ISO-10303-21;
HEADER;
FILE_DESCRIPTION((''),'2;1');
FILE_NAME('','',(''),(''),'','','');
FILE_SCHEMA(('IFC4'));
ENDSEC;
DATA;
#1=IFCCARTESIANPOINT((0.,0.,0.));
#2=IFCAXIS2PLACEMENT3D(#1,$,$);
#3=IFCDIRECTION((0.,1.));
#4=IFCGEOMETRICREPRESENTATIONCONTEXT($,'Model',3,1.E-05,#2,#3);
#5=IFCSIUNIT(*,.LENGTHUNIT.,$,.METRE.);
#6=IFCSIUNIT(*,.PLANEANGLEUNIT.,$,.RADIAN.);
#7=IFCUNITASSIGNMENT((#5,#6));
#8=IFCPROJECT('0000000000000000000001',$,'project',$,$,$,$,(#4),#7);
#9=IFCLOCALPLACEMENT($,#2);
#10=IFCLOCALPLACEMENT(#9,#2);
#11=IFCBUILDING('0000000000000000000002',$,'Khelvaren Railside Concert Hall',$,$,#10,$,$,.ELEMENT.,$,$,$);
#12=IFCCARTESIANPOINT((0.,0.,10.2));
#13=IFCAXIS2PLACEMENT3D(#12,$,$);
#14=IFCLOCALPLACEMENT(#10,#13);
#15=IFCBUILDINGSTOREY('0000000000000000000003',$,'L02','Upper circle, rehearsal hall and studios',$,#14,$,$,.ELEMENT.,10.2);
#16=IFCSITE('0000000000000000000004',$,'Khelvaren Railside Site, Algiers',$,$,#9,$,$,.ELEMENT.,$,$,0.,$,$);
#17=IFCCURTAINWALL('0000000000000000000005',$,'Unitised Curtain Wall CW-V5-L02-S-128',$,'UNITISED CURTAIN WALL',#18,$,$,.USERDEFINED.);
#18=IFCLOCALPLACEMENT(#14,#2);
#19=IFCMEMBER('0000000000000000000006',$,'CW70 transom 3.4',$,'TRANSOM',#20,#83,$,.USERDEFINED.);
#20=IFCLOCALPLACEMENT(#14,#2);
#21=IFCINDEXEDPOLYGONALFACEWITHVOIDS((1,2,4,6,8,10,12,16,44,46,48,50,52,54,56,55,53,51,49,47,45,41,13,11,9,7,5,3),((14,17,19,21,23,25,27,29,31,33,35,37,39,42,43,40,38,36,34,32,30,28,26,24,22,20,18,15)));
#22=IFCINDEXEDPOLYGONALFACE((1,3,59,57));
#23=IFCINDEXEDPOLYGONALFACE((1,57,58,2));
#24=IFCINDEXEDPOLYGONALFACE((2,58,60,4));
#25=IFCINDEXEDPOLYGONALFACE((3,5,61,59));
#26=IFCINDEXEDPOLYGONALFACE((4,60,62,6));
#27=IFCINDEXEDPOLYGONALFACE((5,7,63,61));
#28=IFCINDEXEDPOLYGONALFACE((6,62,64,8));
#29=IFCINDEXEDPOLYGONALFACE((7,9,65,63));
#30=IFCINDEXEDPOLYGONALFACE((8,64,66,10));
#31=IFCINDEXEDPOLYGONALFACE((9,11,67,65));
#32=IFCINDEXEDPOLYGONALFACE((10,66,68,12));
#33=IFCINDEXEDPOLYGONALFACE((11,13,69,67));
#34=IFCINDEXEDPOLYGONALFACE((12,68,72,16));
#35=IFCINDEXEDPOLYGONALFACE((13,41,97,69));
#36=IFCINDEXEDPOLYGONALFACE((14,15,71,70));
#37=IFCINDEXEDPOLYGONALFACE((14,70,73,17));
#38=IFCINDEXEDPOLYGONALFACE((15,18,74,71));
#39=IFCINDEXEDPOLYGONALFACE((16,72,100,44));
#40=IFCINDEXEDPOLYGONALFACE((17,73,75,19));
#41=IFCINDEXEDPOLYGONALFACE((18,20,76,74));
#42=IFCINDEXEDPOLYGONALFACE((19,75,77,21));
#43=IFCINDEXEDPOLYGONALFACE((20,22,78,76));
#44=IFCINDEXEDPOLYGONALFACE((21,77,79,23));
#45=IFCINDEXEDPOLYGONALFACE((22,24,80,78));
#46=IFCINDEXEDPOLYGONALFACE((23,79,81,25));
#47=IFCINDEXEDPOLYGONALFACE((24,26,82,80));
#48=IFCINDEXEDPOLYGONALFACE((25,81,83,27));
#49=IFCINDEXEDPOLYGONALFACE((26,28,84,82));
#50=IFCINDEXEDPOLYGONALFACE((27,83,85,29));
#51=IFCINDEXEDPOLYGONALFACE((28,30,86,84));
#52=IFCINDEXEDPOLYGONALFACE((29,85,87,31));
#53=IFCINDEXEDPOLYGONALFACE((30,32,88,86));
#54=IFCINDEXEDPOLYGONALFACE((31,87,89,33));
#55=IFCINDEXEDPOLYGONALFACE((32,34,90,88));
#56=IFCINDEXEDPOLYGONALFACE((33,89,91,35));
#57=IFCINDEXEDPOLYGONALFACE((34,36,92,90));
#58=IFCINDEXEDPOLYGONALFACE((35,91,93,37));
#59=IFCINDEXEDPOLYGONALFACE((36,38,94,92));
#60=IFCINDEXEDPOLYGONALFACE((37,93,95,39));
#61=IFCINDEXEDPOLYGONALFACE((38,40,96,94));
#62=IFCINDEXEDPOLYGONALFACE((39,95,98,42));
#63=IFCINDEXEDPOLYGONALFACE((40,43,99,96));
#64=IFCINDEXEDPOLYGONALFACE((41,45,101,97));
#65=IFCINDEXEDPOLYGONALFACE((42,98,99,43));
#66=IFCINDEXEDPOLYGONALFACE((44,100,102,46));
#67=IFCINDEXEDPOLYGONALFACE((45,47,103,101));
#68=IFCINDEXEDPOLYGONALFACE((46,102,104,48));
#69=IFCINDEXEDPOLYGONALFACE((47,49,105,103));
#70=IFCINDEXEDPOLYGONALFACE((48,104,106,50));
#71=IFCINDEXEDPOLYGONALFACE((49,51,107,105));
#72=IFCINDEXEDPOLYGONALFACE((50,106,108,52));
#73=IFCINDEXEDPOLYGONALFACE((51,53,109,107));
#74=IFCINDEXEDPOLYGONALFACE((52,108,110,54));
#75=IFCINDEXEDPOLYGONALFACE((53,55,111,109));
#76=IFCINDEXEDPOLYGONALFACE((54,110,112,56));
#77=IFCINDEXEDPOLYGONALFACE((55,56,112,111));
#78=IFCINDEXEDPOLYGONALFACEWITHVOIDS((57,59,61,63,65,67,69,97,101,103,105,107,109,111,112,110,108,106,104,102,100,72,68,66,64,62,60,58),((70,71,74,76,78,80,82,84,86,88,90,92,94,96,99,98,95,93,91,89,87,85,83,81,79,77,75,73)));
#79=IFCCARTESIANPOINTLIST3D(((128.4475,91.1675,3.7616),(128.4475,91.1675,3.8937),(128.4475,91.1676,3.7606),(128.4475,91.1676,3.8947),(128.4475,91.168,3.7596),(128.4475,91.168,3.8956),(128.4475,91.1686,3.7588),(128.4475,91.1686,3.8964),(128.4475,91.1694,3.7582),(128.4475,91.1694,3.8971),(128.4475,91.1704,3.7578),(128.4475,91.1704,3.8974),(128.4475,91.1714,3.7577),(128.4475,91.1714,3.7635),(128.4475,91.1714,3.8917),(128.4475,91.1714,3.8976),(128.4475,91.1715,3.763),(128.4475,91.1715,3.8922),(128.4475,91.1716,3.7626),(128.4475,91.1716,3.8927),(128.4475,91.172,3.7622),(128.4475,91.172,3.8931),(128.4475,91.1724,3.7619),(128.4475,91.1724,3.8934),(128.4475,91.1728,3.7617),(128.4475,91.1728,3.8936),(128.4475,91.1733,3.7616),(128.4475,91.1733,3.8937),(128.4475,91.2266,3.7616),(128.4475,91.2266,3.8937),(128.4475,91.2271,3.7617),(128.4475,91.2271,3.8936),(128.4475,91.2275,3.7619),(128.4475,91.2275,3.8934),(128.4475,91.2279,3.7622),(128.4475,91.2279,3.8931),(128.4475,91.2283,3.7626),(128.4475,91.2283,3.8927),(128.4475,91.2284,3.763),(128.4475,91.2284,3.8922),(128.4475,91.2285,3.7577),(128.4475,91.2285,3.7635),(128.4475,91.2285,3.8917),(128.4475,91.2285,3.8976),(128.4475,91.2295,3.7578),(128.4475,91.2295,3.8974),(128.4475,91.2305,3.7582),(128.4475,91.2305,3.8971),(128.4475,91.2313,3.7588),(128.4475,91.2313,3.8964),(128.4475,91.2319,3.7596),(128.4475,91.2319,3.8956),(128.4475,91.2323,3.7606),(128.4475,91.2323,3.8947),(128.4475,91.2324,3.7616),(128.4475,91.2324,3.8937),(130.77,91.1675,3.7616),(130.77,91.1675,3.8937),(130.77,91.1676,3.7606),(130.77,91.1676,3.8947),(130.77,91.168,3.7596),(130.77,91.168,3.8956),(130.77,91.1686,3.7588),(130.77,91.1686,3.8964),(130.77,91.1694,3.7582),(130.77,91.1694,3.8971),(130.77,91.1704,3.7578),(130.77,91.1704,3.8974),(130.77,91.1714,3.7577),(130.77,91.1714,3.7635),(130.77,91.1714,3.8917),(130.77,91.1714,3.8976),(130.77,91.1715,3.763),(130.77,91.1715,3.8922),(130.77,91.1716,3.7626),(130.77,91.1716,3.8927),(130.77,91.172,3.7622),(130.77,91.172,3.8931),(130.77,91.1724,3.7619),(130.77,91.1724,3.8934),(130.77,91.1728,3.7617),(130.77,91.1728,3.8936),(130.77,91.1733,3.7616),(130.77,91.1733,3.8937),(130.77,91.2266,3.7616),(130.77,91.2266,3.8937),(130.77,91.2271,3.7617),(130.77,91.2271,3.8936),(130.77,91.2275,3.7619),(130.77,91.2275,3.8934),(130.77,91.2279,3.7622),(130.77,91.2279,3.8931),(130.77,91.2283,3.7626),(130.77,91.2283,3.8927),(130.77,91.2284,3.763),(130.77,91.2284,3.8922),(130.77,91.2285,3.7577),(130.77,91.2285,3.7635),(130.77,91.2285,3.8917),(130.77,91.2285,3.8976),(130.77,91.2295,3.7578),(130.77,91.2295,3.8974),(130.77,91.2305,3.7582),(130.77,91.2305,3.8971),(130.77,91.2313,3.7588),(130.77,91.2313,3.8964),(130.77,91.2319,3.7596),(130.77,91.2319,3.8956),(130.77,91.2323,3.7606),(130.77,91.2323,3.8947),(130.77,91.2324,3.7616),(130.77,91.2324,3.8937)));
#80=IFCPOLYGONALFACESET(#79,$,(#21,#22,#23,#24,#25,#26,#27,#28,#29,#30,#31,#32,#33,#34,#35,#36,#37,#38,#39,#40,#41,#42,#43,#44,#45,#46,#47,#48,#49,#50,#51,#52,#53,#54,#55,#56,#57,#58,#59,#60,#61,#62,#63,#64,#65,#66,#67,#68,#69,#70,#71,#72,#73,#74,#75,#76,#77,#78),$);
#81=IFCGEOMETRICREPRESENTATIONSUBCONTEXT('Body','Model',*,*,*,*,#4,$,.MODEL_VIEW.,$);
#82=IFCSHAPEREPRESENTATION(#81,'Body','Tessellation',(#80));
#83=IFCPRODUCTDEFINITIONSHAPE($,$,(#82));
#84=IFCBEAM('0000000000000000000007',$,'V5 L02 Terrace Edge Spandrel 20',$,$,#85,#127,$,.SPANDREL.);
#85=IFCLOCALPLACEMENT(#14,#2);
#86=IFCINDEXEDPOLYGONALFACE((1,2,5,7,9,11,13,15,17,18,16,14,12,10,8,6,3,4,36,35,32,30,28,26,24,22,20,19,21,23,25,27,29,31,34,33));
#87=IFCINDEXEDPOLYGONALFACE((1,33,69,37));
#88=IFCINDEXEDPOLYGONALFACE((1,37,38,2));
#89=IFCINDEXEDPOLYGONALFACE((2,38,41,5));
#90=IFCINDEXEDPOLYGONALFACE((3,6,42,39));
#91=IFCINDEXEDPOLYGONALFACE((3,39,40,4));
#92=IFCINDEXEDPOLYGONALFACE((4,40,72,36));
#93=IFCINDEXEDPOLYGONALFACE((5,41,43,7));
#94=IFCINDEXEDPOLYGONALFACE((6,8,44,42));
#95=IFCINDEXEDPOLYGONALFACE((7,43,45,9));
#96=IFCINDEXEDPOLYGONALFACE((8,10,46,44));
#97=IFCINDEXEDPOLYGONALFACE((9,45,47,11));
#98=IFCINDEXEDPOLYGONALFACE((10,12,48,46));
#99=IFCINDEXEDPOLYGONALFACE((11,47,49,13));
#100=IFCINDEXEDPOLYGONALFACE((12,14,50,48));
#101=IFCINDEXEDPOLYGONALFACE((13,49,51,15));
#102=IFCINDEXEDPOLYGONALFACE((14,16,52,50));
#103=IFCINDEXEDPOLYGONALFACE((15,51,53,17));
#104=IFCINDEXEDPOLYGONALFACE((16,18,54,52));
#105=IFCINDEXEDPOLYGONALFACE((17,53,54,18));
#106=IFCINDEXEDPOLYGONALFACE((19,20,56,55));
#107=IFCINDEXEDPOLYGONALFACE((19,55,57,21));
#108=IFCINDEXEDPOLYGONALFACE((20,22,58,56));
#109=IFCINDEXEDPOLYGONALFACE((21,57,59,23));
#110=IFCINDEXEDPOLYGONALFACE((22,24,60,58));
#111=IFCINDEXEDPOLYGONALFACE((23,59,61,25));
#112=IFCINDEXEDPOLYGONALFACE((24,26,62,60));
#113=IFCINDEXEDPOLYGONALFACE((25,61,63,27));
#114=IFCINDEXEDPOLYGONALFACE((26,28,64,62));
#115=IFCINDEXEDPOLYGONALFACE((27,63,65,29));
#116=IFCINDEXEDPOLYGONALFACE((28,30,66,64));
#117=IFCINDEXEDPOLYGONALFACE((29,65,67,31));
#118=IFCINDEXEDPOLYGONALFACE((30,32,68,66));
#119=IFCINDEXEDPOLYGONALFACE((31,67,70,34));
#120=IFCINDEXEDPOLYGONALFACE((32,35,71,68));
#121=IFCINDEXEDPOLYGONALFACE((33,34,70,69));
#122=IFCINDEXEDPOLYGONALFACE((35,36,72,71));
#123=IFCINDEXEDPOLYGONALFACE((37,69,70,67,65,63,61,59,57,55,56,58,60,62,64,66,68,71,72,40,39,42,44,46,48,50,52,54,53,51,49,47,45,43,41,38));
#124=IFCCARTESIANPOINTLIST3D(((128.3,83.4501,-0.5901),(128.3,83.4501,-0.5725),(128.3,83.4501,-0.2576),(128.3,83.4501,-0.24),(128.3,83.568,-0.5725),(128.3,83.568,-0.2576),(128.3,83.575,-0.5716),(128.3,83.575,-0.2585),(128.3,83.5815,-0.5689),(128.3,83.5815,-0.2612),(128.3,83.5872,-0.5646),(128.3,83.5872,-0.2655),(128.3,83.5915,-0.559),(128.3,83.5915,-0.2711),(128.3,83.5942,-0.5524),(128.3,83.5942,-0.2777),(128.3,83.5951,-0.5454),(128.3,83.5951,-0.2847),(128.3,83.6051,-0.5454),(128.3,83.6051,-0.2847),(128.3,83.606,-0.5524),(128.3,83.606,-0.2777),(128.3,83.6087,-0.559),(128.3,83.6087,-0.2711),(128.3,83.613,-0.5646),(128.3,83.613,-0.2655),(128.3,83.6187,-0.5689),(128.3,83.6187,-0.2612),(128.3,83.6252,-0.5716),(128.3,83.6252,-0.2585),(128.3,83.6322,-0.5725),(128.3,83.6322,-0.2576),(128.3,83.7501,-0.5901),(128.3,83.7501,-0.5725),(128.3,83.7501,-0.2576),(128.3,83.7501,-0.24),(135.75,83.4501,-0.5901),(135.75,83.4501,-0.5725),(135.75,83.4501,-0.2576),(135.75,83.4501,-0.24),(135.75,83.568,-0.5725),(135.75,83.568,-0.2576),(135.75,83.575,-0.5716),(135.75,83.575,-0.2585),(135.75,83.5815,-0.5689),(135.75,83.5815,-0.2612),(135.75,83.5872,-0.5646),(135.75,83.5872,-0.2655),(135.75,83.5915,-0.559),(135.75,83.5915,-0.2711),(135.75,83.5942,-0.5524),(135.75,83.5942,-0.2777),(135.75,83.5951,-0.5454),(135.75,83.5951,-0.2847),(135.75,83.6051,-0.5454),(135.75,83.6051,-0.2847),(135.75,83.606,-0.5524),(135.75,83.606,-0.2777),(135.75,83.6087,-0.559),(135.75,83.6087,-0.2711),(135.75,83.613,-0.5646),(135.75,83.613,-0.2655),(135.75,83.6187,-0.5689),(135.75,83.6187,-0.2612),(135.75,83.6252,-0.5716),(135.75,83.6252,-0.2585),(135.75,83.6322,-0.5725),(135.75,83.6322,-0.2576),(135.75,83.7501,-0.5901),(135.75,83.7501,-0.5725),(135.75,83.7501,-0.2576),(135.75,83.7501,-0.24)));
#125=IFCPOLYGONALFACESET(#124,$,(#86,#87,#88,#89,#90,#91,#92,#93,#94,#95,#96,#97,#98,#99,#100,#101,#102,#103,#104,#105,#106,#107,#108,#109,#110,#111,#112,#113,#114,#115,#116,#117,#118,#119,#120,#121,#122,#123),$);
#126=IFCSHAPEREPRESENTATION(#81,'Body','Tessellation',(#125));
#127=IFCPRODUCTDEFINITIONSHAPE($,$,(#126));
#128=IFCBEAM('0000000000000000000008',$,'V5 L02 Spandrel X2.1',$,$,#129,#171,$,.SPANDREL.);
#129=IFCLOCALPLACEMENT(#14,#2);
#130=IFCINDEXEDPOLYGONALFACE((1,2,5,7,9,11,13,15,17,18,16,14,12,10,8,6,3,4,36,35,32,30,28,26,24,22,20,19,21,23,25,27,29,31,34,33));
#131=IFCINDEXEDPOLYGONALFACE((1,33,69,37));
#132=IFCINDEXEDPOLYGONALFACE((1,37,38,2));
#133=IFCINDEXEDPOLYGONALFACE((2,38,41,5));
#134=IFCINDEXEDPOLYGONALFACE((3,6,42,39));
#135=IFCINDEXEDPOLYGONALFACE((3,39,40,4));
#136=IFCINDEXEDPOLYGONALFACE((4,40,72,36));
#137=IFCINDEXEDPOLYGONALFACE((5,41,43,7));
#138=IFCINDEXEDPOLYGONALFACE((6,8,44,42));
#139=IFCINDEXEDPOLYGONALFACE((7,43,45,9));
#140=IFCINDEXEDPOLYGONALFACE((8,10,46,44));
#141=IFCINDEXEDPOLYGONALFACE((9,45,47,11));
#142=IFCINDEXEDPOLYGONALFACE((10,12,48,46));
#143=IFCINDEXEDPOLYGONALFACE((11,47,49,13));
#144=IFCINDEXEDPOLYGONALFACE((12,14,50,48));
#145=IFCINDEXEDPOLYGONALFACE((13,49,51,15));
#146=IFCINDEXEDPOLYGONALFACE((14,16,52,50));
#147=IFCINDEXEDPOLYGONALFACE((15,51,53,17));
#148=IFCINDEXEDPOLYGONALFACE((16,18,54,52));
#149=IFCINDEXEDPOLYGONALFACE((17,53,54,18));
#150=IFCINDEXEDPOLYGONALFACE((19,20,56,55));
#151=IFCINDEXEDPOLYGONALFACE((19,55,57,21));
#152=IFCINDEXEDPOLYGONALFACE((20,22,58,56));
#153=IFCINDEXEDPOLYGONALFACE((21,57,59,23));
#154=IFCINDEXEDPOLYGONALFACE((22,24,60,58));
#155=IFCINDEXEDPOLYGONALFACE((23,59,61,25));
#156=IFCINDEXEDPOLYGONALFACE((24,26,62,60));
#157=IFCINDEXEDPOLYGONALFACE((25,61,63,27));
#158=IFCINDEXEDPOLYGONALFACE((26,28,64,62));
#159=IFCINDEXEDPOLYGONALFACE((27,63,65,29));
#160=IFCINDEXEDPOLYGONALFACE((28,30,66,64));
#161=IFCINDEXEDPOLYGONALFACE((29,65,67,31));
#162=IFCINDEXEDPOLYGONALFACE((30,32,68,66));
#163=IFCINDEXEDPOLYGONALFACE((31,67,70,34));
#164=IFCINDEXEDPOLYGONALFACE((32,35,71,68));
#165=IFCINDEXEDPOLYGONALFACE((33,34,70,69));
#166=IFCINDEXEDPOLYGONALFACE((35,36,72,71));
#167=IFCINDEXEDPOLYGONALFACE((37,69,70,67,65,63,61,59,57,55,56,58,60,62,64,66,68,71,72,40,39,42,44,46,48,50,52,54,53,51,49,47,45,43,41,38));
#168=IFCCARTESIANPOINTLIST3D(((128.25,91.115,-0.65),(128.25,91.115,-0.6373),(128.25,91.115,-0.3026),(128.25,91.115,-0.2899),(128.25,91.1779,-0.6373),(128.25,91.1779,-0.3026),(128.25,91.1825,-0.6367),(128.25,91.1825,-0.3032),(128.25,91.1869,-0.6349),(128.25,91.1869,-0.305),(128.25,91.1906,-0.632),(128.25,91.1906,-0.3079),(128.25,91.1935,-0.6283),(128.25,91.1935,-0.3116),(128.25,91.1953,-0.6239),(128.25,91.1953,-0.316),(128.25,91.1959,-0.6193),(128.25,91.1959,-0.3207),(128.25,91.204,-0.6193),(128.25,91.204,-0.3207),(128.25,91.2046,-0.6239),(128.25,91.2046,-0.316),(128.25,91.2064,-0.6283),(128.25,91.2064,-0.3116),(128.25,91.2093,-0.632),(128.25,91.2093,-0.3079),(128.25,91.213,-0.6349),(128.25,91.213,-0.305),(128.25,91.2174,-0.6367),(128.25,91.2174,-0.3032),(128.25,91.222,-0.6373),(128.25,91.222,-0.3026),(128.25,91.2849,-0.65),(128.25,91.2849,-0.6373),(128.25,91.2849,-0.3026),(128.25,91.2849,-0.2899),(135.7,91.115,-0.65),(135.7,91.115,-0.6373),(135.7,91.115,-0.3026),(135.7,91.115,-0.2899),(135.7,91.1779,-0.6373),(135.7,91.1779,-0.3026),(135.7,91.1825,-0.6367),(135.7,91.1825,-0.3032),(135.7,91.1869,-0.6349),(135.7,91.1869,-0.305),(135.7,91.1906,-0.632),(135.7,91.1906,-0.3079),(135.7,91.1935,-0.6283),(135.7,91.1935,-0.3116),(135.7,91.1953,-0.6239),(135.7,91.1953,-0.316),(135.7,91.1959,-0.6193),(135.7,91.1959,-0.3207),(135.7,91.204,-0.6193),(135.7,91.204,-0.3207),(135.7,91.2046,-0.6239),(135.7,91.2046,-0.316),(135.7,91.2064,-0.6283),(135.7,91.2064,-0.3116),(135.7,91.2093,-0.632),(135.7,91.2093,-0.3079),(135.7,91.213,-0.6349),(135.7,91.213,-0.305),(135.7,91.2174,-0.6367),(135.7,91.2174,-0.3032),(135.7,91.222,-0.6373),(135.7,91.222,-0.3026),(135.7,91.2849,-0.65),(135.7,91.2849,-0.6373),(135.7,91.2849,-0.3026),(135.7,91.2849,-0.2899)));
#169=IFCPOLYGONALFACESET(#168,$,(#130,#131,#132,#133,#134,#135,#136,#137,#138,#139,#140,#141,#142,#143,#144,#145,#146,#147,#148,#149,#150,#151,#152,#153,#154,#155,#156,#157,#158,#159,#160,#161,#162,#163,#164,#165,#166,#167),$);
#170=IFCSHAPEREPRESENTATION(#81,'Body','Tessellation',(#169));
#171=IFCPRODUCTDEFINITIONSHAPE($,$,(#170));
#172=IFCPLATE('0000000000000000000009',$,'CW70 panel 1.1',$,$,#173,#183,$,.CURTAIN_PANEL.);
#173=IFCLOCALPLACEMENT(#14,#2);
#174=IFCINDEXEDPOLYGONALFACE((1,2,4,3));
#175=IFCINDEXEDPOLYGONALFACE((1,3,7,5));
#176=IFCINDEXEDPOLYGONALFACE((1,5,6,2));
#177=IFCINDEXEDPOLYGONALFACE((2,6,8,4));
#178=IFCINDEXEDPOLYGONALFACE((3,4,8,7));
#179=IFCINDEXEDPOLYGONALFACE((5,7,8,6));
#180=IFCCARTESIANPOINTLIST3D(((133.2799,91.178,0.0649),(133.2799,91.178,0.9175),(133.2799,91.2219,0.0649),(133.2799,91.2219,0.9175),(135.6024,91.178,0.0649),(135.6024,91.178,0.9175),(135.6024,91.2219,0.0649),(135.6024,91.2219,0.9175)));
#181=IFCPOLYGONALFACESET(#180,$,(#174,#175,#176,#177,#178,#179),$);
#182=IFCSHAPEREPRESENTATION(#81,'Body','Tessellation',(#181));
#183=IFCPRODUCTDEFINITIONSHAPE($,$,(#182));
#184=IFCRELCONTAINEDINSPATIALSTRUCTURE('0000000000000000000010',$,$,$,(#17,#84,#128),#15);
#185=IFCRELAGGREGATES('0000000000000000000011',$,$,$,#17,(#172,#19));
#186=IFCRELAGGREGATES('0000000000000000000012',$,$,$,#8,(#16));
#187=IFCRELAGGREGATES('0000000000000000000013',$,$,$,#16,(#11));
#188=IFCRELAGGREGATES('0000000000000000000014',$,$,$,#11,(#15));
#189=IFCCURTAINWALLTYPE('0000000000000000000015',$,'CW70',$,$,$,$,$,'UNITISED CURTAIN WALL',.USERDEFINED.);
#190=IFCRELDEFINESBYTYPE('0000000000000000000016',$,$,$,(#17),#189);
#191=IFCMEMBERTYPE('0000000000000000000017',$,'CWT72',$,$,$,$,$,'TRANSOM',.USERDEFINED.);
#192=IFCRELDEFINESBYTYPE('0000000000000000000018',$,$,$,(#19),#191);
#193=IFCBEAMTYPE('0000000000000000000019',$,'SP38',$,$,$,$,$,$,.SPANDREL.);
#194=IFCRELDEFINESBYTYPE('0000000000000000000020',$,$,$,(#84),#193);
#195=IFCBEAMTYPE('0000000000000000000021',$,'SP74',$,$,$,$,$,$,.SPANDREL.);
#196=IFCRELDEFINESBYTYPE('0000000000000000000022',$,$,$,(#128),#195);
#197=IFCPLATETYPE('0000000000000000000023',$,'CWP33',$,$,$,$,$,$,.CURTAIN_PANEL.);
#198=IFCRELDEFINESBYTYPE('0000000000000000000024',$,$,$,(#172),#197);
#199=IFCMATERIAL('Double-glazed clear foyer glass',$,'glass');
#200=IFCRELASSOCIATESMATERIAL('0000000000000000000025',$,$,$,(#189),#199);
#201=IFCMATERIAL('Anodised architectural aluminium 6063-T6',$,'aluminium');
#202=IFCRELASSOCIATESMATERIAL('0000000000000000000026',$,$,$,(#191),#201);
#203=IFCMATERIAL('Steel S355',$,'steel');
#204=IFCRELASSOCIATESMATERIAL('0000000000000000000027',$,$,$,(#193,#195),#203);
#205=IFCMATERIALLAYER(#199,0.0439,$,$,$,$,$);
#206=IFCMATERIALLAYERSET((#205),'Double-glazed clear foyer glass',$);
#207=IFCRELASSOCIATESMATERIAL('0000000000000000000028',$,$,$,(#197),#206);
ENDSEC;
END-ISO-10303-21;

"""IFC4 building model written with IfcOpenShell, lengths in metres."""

from ifc_helpers import new_model, si_unit, direction, frame, origin, origin_2d, place, context, subcontext, project, spatial, rectangle, hollow_rectangle, i_section, extrude, material, layer, layer_set, material_profile, profile_set, type_object, element, aggregate, save


model = new_model("IFC4")

# Units and contexts
model_context = context("Model", 3, precision=1e-05, world=origin(), true_north=direction((0.0, 1.0)))
body_context = subcontext(model_context, "Body", "Model", "MODEL_VIEW")
ifc_project = project(units=[si_unit("LENGTHUNIT", "METRE"), si_unit("PLANEANGLEUNIT", "RADIAN")], contexts=[model_context])

# Site, building, storey
site_placement = place(None, origin())
site = spatial("IfcSite", under=ifc_project, at=site_placement, Name="Khelvaren Railside Site, Algiers", CompositionType="ELEMENT", RefElevation=0.0)
building_placement = place(site_placement, origin())
building = spatial("IfcBuilding", under=site, at=building_placement, Name="Khelvaren Railside Concert Hall", CompositionType="ELEMENT")
storey_placement = place(building_placement, frame((0.0, 0.0, 10.2)))
storey = spatial("IfcBuildingStorey", under=building, at=storey_placement, Name="L02", Description="Upper circle, rehearsal hall and studios", CompositionType="ELEMENT", Elevation=10.2)

# Curtain wall, member
ifc_material_1 = material(Name="Double-glazed clear foyer glass", Category="glass")
curtain_wall_type = type_object("IfcCurtainWallType", Name="CW70", ElementType="UNITISED CURTAIN WALL", PredefinedType="USERDEFINED", material=ifc_material_1)
curtain_wall_placement = place(storey_placement, origin())
curtain_wall = element("IfcCurtainWall", 1, at=curtain_wall_placement, inside=storey, type_object=curtain_wall_type, Name="Unitised Curtain Wall CW-V5-L02-S-128", ObjectType="UNITISED CURTAIN WALL", PredefinedType="USERDEFINED")
ifc_material_2 = material(Name="Anodised architectural aluminium 6063-T6", Category="aluminium")
ifc_material_profile_1 = material_profile(ifc_material_2, hollow_rectangle(XDim=0.0649, YDim=0.1399, WallThickness=0.0039, InnerFilletRadius=0.002, OuterFilletRadius=0.0039, at=origin_2d()), Name="CWT 65x140x4")
ifc_profile_set_1 = profile_set([ifc_material_profile_1], Name="Anodised architectural aluminium 6063-T6")
member_type_1 = type_object("IfcMemberType", Name="CWT72", ElementType="TRANSOM", PredefinedType="USERDEFINED", material=ifc_profile_set_1)
member_1_placement = place(storey_placement, frame((130.77, 91.2, 3.8276), z_axis=(-1.0, 0.0, 0.0), x_axis=(0.0, -1.0, 0.0)))
member_1 = element("IfcMember", 2, at=member_1_placement, type_object=member_type_1, Name="CW70 transom 3.4", ObjectType="TRANSOM", PredefinedType="USERDEFINED", context=body_context, shape_type="SweptSolid", body=[
    extrude(hollow_rectangle(XDim=0.0649, YDim=0.1399, WallThickness=0.0039, InnerFilletRadius=0.002, OuterFilletRadius=0.0039, at=origin_2d()), origin(), (0.0, 0.0, 1.0), 2.3225),
])

# Beams
ifc_material_3 = material(Name="Steel S355", Category="steel")
ifc_material_profile_2 = material_profile(ifc_material_3, i_section(OverallWidth=0.3, OverallDepth=0.3501, WebThickness=0.01, FlangeThickness=0.0176, FilletRadius=0.0271, at=origin_2d()), Name="HEA 360")
ifc_profile_set_2 = profile_set([ifc_material_profile_2], Name="Steel S355")
beam_type_1 = type_object("IfcBeamType", Name="SP38", PredefinedType="SPANDREL", material=ifc_profile_set_2)
beam_1_placement = place(storey_placement, frame((128.3, 83.6001, -0.415), z_axis=(1.0, 0.0, 0.0), x_axis=(0.0, 1.0, 0.0)))
element("IfcBeam", 3, at=beam_1_placement, inside=storey, type_object=beam_type_1, Name="V5 L02 Terrace Edge Spandrel 20", PredefinedType="SPANDREL", context=body_context, shape_type="SweptSolid", body=[
    extrude(i_section(OverallWidth=0.3, OverallDepth=0.3501, WebThickness=0.01, FlangeThickness=0.0176, FilletRadius=0.0271, at=origin_2d()), origin(), (0.0, 0.0, 1.0), 7.45),
])
ifc_material_profile_3 = material_profile(ifc_material_3, i_section(OverallWidth=0.1699, OverallDepth=0.3601, WebThickness=0.0081, FlangeThickness=0.0127, FilletRadius=0.0181, at=origin_2d()), Name="IPE 360")
ifc_profile_set_3 = profile_set([ifc_material_profile_3], Name="Steel S355")
beam_type_2 = type_object("IfcBeamType", Name="SP74", PredefinedType="SPANDREL", material=ifc_profile_set_3)
beam_2_placement = place(storey_placement, frame((128.25, 91.2, -0.47), z_axis=(1.0, 0.0, 0.0), x_axis=(0.0, 1.0, 0.0)))
element("IfcBeam", 4, at=beam_2_placement, inside=storey, type_object=beam_type_2, Name="V5 L02 Spandrel X2.1", PredefinedType="SPANDREL", context=body_context, shape_type="SweptSolid", body=[
    extrude(i_section(OverallWidth=0.1699, OverallDepth=0.3601, WebThickness=0.0081, FlangeThickness=0.0127, FilletRadius=0.0181, at=origin_2d()), origin(), (0.0, 0.0, 1.0), 7.45),
])

# Plate
ifc_layer = layer(ifc_material_1, 0.0439)
ifc_layer_set = layer_set([ifc_layer], Name="Double-glazed clear foyer glass")
plate_type = type_object("IfcPlateType", Name="CWP33", PredefinedType="CURTAIN_PANEL", material=ifc_layer_set)
plate_1_placement = place(storey_placement, frame((134.4412, 91.2, 0.0649), z_axis=(0.0, 0.0, 1.0), x_axis=(-1.0, 0.0, 0.0)))
plate_1 = element("IfcPlate", 5, at=plate_1_placement, type_object=plate_type, Name="CW70 panel 1.1", PredefinedType="CURTAIN_PANEL", context=body_context, shape_type="SweptSolid", body=[
    extrude(rectangle(XDim=2.3225, YDim=0.0439, at=origin_2d()), origin(), (0.0, 0.0, 1.0), 0.8525),
])
aggregate(curtain_wall, [plate_1, member_1])

save(model, "model.ifc")
